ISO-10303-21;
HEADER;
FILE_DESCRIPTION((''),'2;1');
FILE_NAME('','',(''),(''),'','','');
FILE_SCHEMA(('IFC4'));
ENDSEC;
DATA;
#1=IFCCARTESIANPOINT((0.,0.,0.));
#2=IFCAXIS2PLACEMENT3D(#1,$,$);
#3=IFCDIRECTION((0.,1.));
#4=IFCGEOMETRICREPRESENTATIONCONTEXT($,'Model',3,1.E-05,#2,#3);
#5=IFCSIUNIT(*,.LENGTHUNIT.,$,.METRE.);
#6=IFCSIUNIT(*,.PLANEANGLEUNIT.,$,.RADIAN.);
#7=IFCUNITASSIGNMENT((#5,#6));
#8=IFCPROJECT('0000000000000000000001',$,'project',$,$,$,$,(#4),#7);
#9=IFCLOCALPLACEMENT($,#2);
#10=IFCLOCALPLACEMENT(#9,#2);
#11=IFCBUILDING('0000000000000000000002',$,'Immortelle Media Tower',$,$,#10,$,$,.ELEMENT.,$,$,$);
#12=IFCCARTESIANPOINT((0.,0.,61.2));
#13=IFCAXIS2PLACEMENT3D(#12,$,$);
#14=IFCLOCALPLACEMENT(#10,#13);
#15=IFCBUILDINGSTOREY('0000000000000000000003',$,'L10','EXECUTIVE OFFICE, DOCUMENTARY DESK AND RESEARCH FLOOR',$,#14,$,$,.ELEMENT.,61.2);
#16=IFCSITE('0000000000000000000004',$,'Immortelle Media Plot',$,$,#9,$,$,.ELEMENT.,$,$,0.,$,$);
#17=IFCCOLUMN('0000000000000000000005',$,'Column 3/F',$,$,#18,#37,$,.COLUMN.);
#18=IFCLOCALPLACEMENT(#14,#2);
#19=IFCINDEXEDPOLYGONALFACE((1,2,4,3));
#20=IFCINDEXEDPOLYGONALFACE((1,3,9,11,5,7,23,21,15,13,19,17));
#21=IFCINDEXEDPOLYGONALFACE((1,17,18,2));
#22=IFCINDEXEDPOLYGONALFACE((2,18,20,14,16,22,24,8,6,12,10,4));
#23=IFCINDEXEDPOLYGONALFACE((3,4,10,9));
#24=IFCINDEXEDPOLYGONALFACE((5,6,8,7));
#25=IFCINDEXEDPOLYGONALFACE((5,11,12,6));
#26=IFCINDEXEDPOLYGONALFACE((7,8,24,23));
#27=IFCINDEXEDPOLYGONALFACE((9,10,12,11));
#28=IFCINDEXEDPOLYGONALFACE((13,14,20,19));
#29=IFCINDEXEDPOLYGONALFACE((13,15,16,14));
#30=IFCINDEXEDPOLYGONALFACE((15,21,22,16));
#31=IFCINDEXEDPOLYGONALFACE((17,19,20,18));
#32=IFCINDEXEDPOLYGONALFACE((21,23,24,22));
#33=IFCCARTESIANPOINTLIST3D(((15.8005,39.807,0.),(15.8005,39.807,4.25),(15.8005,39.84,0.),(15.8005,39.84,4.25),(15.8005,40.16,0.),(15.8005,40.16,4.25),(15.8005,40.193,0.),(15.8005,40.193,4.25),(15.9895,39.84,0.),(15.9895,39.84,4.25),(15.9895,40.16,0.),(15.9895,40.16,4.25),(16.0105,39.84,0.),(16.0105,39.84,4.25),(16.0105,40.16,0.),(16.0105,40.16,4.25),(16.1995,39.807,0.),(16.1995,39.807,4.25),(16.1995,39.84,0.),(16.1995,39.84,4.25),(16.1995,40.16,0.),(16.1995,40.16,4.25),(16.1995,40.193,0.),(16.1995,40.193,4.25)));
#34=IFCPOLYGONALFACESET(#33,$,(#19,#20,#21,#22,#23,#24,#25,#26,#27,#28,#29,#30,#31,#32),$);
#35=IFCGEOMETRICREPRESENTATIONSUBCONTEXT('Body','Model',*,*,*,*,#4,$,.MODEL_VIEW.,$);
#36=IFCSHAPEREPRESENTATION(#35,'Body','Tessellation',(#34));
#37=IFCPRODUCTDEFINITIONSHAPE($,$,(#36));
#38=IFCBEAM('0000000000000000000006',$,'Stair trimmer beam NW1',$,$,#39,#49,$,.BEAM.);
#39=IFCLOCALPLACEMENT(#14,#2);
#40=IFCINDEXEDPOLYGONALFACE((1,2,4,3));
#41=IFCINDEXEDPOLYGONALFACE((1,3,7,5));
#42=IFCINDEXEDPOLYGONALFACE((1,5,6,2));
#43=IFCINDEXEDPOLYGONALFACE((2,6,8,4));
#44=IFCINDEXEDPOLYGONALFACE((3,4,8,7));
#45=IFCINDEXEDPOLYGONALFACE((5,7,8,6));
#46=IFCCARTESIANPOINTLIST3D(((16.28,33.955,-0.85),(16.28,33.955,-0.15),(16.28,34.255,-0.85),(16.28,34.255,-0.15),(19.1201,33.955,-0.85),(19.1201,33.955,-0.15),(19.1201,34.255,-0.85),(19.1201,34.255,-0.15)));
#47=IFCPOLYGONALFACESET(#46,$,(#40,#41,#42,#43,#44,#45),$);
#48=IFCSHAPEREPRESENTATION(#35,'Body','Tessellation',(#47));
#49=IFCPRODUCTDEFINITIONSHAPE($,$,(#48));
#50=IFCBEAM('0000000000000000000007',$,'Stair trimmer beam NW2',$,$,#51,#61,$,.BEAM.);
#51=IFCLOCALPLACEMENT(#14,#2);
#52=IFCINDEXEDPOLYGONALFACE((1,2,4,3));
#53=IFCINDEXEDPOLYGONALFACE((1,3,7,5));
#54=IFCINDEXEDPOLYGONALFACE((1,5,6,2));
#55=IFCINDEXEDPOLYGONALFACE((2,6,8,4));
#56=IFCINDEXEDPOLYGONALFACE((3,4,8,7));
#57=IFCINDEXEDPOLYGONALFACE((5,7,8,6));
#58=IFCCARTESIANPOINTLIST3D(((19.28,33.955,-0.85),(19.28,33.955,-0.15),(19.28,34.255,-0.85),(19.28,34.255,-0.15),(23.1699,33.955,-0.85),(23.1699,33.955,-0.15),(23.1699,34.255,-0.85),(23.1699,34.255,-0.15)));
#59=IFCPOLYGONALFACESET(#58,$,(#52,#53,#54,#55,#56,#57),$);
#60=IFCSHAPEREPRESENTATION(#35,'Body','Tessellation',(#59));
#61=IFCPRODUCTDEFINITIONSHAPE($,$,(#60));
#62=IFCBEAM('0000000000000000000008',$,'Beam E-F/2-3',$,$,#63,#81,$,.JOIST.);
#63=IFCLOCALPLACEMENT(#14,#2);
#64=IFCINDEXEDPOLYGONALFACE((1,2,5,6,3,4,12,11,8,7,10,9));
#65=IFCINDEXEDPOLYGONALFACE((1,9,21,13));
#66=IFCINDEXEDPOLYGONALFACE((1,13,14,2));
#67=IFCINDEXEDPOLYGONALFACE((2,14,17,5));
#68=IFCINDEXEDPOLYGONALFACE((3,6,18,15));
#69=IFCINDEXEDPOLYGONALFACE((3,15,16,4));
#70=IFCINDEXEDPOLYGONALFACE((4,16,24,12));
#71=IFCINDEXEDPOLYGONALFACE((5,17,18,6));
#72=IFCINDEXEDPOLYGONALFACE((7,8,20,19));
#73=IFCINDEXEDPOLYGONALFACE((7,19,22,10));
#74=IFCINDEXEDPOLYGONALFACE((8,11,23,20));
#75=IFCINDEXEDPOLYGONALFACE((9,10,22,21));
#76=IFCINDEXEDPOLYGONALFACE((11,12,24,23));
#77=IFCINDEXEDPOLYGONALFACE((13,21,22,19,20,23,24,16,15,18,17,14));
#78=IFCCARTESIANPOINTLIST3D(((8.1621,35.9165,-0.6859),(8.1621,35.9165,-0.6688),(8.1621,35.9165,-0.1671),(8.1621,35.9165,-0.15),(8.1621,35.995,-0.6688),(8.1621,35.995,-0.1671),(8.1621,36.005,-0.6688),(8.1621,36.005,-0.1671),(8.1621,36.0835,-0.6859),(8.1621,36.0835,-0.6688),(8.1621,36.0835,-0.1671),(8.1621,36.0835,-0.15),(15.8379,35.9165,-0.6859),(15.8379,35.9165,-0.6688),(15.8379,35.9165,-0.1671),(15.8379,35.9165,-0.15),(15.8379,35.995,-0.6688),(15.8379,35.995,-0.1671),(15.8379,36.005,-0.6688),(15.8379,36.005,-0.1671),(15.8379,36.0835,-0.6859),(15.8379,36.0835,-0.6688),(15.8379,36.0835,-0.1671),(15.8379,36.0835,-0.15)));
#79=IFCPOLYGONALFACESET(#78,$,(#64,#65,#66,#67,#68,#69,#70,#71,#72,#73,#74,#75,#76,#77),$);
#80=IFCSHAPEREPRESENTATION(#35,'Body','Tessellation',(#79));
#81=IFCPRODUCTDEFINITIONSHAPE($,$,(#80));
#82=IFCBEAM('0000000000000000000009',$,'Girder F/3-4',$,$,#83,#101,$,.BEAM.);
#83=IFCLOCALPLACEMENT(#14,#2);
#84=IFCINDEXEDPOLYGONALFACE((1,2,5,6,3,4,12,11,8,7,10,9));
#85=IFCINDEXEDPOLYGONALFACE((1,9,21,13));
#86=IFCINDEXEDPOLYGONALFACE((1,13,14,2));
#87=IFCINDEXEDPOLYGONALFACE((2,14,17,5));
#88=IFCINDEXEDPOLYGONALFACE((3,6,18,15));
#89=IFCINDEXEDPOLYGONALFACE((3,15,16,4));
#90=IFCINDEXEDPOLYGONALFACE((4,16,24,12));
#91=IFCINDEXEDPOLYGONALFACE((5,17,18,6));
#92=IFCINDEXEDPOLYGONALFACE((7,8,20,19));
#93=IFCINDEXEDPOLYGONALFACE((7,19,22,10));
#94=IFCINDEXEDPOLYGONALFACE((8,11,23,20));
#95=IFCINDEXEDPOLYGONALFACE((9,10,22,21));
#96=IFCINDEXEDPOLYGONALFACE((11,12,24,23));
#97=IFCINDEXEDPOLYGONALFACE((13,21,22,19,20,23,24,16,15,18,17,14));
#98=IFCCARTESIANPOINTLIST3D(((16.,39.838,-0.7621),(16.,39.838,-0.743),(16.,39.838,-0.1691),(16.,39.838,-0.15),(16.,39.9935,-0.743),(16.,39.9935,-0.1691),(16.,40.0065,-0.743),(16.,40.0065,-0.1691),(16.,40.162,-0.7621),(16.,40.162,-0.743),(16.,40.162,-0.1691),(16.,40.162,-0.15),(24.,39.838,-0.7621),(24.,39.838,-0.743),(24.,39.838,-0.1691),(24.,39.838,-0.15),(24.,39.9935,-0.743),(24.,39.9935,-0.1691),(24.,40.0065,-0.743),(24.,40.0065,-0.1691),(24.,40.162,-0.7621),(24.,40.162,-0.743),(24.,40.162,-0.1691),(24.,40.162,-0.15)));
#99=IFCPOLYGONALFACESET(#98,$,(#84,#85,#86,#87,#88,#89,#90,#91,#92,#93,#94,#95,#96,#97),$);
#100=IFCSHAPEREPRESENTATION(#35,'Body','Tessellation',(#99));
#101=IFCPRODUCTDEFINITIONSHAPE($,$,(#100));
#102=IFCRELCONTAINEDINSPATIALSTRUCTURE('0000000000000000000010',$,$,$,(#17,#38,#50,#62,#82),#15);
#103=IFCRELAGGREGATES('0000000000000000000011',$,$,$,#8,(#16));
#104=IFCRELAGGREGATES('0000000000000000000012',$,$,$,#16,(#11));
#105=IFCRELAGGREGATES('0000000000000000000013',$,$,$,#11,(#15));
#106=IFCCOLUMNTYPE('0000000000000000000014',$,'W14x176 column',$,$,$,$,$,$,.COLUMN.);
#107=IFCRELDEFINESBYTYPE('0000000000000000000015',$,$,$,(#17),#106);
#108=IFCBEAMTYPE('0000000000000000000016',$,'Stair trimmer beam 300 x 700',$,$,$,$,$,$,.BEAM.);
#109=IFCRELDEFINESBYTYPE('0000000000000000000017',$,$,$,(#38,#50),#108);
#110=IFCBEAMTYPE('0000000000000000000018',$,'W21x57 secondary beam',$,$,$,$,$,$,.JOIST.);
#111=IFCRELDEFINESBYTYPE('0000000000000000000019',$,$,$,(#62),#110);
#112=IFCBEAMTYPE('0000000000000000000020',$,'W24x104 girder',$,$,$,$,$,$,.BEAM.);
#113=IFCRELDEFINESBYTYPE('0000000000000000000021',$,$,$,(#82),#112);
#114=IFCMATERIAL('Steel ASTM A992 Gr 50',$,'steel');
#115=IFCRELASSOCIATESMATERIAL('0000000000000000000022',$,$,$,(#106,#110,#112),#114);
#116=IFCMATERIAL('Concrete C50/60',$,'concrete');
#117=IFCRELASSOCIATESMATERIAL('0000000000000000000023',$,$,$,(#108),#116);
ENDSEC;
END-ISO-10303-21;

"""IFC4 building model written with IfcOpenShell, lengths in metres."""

from ifc_helpers import new_model, si_unit, direction, frame, origin, origin_2d, place, context, subcontext, project, spatial, rectangle, i_section, extrude, material, material_profile, profile_set, type_object, element, save


model = new_model("IFC4")

# Units and contexts
model_context = context("Model", 3, precision=1e-05, world=origin(), true_north=direction((0.0, 1.0)))
body_context = subcontext(model_context, "Body", "Model", "MODEL_VIEW")
ifc_project = project(units=[si_unit("LENGTHUNIT", "METRE"), si_unit("PLANEANGLEUNIT", "RADIAN")], contexts=[model_context])

# Site, building, storey
site_placement = place(None, origin())
site = spatial("IfcSite", under=ifc_project, at=site_placement, Name="Immortelle Media Plot", CompositionType="ELEMENT", RefElevation=0.0)
building_placement = place(site_placement, origin())
building = spatial("IfcBuilding", under=site, at=building_placement, Name="Immortelle Media Tower", CompositionType="ELEMENT")
storey_placement = place(building_placement, frame((0.0, 0.0, 61.2)))
storey = spatial("IfcBuildingStorey", under=building, at=storey_placement, Name="L10", Description="EXECUTIVE OFFICE, DOCUMENTARY DESK AND RESEARCH FLOOR", CompositionType="ELEMENT", Elevation=61.2)

# Column
ifc_material_1 = material(Name="Steel ASTM A992 Gr 50", Category="steel")
ifc_material_profile_1 = material_profile(ifc_material_1, i_section(OverallWidth=0.3989, OverallDepth=0.386, WebThickness=0.021, FlangeThickness=0.033, at=origin_2d()), Name="W14x176")
ifc_profile_set_1 = profile_set([ifc_material_profile_1], Name="Steel ASTM A992 Gr 50")
column_type = type_object("IfcColumnType", Name="W14x176 column", PredefinedType="COLUMN", material=ifc_profile_set_1)
column_placement = place(storey_placement, frame((16.0, 40.0, 0.0), z_axis=(0.0, 0.0, 1.0), x_axis=(1.0, 0.0, 0.0)))
element("IfcColumn", 1, at=column_placement, inside=storey, type_object=column_type, Name="Column 3/F", PredefinedType="COLUMN", context=body_context, shape_type="SweptSolid", body=[
    extrude(i_section(OverallWidth=0.3989, OverallDepth=0.386, WebThickness=0.021, FlangeThickness=0.033, at=origin_2d()), origin(), (0.0, 0.0, 1.0), 4.25),
])

# Beams
ifc_material_2 = material(Name="Concrete C50/60", Category="concrete")
ifc_material_profile_2 = material_profile(ifc_material_2, rectangle(XDim=0.3, YDim=0.7, at=origin_2d()), Name="RC 300x700")
ifc_profile_set_2 = profile_set([ifc_material_profile_2], Name="Concrete C50/60")
beam_type_1 = type_object("IfcBeamType", Name="Stair trimmer beam 300 x 700", PredefinedType="BEAM", material=ifc_profile_set_2)
beam_1_placement = place(storey_placement, frame((16.28, 34.105, -0.5), z_axis=(1.0, 0.0, 0.0), x_axis=(0.0, 1.0, 0.0)))
element("IfcBeam", 2, at=beam_1_placement, inside=storey, type_object=beam_type_1, Name="Stair trimmer beam NW1", PredefinedType="BEAM", context=body_context, shape_type="SweptSolid", body=[
    extrude(rectangle(XDim=0.3, YDim=0.7, at=origin_2d()), origin(), (0.0, 0.0, 1.0), 2.8401),
])
beam_2_placement = place(storey_placement, frame((19.28, 34.105, -0.5), z_axis=(1.0, 0.0, 0.0), x_axis=(0.0, 1.0, 0.0)))
element("IfcBeam", 3, at=beam_2_placement, inside=storey, type_object=beam_type_1, Name="Stair trimmer beam NW2", PredefinedType="BEAM", context=body_context, shape_type="SweptSolid", body=[
    extrude(rectangle(XDim=0.3, YDim=0.7, at=origin_2d()), origin(), (0.0, 0.0, 1.0), 3.8899),
])
ifc_material_profile_3 = material_profile(ifc_material_1, i_section(OverallWidth=0.167, OverallDepth=0.5359, WebThickness=0.01, FlangeThickness=0.0171, at=origin_2d()), Name="W21x57")
ifc_profile_set_3 = profile_set([ifc_material_profile_3], Name="Steel ASTM A992 Gr 50")
beam_type_2 = type_object("IfcBeamType", Name="W21x57 secondary beam", PredefinedType="JOIST", material=ifc_profile_set_3)
beam_3_placement = place(storey_placement, frame((8.1621, 36.0, -0.418), z_axis=(1.0, 0.0, 0.0), x_axis=(0.0, 1.0, 0.0)))
element("IfcBeam", 4, at=beam_3_placement, inside=storey, type_object=beam_type_2, Name="Beam E-F/2-3", PredefinedType="JOIST", context=body_context, shape_type="SweptSolid", body=[
    extrude(i_section(OverallWidth=0.167, OverallDepth=0.5359, WebThickness=0.01, FlangeThickness=0.0171, at=origin_2d()), origin(), (0.0, 0.0, 1.0), 7.6758),
])
ifc_material_profile_4 = material_profile(ifc_material_1, i_section(OverallWidth=0.324, OverallDepth=0.6121, WebThickness=0.0129, FlangeThickness=0.019, at=origin_2d()), Name="W24x104")
ifc_profile_set_4 = profile_set([ifc_material_profile_4], Name="Steel ASTM A992 Gr 50")
beam_type_3 = type_object("IfcBeamType", Name="W24x104 girder", PredefinedType="BEAM", material=ifc_profile_set_4)
beam_4_placement = place(storey_placement, frame((16.0, 40.0, -0.4561), z_axis=(1.0, 0.0, 0.0), x_axis=(0.0, 1.0, 0.0)))
element("IfcBeam", 5, at=beam_4_placement, inside=storey, type_object=beam_type_3, Name="Girder F/3-4", PredefinedType="BEAM", context=body_context, shape_type="SweptSolid", body=[
    extrude(i_section(OverallWidth=0.324, OverallDepth=0.6121, WebThickness=0.0129, FlangeThickness=0.019, at=origin_2d()), origin(), (0.0, 0.0, 1.0), 8.0),
])

save(model, "model.ifc")
